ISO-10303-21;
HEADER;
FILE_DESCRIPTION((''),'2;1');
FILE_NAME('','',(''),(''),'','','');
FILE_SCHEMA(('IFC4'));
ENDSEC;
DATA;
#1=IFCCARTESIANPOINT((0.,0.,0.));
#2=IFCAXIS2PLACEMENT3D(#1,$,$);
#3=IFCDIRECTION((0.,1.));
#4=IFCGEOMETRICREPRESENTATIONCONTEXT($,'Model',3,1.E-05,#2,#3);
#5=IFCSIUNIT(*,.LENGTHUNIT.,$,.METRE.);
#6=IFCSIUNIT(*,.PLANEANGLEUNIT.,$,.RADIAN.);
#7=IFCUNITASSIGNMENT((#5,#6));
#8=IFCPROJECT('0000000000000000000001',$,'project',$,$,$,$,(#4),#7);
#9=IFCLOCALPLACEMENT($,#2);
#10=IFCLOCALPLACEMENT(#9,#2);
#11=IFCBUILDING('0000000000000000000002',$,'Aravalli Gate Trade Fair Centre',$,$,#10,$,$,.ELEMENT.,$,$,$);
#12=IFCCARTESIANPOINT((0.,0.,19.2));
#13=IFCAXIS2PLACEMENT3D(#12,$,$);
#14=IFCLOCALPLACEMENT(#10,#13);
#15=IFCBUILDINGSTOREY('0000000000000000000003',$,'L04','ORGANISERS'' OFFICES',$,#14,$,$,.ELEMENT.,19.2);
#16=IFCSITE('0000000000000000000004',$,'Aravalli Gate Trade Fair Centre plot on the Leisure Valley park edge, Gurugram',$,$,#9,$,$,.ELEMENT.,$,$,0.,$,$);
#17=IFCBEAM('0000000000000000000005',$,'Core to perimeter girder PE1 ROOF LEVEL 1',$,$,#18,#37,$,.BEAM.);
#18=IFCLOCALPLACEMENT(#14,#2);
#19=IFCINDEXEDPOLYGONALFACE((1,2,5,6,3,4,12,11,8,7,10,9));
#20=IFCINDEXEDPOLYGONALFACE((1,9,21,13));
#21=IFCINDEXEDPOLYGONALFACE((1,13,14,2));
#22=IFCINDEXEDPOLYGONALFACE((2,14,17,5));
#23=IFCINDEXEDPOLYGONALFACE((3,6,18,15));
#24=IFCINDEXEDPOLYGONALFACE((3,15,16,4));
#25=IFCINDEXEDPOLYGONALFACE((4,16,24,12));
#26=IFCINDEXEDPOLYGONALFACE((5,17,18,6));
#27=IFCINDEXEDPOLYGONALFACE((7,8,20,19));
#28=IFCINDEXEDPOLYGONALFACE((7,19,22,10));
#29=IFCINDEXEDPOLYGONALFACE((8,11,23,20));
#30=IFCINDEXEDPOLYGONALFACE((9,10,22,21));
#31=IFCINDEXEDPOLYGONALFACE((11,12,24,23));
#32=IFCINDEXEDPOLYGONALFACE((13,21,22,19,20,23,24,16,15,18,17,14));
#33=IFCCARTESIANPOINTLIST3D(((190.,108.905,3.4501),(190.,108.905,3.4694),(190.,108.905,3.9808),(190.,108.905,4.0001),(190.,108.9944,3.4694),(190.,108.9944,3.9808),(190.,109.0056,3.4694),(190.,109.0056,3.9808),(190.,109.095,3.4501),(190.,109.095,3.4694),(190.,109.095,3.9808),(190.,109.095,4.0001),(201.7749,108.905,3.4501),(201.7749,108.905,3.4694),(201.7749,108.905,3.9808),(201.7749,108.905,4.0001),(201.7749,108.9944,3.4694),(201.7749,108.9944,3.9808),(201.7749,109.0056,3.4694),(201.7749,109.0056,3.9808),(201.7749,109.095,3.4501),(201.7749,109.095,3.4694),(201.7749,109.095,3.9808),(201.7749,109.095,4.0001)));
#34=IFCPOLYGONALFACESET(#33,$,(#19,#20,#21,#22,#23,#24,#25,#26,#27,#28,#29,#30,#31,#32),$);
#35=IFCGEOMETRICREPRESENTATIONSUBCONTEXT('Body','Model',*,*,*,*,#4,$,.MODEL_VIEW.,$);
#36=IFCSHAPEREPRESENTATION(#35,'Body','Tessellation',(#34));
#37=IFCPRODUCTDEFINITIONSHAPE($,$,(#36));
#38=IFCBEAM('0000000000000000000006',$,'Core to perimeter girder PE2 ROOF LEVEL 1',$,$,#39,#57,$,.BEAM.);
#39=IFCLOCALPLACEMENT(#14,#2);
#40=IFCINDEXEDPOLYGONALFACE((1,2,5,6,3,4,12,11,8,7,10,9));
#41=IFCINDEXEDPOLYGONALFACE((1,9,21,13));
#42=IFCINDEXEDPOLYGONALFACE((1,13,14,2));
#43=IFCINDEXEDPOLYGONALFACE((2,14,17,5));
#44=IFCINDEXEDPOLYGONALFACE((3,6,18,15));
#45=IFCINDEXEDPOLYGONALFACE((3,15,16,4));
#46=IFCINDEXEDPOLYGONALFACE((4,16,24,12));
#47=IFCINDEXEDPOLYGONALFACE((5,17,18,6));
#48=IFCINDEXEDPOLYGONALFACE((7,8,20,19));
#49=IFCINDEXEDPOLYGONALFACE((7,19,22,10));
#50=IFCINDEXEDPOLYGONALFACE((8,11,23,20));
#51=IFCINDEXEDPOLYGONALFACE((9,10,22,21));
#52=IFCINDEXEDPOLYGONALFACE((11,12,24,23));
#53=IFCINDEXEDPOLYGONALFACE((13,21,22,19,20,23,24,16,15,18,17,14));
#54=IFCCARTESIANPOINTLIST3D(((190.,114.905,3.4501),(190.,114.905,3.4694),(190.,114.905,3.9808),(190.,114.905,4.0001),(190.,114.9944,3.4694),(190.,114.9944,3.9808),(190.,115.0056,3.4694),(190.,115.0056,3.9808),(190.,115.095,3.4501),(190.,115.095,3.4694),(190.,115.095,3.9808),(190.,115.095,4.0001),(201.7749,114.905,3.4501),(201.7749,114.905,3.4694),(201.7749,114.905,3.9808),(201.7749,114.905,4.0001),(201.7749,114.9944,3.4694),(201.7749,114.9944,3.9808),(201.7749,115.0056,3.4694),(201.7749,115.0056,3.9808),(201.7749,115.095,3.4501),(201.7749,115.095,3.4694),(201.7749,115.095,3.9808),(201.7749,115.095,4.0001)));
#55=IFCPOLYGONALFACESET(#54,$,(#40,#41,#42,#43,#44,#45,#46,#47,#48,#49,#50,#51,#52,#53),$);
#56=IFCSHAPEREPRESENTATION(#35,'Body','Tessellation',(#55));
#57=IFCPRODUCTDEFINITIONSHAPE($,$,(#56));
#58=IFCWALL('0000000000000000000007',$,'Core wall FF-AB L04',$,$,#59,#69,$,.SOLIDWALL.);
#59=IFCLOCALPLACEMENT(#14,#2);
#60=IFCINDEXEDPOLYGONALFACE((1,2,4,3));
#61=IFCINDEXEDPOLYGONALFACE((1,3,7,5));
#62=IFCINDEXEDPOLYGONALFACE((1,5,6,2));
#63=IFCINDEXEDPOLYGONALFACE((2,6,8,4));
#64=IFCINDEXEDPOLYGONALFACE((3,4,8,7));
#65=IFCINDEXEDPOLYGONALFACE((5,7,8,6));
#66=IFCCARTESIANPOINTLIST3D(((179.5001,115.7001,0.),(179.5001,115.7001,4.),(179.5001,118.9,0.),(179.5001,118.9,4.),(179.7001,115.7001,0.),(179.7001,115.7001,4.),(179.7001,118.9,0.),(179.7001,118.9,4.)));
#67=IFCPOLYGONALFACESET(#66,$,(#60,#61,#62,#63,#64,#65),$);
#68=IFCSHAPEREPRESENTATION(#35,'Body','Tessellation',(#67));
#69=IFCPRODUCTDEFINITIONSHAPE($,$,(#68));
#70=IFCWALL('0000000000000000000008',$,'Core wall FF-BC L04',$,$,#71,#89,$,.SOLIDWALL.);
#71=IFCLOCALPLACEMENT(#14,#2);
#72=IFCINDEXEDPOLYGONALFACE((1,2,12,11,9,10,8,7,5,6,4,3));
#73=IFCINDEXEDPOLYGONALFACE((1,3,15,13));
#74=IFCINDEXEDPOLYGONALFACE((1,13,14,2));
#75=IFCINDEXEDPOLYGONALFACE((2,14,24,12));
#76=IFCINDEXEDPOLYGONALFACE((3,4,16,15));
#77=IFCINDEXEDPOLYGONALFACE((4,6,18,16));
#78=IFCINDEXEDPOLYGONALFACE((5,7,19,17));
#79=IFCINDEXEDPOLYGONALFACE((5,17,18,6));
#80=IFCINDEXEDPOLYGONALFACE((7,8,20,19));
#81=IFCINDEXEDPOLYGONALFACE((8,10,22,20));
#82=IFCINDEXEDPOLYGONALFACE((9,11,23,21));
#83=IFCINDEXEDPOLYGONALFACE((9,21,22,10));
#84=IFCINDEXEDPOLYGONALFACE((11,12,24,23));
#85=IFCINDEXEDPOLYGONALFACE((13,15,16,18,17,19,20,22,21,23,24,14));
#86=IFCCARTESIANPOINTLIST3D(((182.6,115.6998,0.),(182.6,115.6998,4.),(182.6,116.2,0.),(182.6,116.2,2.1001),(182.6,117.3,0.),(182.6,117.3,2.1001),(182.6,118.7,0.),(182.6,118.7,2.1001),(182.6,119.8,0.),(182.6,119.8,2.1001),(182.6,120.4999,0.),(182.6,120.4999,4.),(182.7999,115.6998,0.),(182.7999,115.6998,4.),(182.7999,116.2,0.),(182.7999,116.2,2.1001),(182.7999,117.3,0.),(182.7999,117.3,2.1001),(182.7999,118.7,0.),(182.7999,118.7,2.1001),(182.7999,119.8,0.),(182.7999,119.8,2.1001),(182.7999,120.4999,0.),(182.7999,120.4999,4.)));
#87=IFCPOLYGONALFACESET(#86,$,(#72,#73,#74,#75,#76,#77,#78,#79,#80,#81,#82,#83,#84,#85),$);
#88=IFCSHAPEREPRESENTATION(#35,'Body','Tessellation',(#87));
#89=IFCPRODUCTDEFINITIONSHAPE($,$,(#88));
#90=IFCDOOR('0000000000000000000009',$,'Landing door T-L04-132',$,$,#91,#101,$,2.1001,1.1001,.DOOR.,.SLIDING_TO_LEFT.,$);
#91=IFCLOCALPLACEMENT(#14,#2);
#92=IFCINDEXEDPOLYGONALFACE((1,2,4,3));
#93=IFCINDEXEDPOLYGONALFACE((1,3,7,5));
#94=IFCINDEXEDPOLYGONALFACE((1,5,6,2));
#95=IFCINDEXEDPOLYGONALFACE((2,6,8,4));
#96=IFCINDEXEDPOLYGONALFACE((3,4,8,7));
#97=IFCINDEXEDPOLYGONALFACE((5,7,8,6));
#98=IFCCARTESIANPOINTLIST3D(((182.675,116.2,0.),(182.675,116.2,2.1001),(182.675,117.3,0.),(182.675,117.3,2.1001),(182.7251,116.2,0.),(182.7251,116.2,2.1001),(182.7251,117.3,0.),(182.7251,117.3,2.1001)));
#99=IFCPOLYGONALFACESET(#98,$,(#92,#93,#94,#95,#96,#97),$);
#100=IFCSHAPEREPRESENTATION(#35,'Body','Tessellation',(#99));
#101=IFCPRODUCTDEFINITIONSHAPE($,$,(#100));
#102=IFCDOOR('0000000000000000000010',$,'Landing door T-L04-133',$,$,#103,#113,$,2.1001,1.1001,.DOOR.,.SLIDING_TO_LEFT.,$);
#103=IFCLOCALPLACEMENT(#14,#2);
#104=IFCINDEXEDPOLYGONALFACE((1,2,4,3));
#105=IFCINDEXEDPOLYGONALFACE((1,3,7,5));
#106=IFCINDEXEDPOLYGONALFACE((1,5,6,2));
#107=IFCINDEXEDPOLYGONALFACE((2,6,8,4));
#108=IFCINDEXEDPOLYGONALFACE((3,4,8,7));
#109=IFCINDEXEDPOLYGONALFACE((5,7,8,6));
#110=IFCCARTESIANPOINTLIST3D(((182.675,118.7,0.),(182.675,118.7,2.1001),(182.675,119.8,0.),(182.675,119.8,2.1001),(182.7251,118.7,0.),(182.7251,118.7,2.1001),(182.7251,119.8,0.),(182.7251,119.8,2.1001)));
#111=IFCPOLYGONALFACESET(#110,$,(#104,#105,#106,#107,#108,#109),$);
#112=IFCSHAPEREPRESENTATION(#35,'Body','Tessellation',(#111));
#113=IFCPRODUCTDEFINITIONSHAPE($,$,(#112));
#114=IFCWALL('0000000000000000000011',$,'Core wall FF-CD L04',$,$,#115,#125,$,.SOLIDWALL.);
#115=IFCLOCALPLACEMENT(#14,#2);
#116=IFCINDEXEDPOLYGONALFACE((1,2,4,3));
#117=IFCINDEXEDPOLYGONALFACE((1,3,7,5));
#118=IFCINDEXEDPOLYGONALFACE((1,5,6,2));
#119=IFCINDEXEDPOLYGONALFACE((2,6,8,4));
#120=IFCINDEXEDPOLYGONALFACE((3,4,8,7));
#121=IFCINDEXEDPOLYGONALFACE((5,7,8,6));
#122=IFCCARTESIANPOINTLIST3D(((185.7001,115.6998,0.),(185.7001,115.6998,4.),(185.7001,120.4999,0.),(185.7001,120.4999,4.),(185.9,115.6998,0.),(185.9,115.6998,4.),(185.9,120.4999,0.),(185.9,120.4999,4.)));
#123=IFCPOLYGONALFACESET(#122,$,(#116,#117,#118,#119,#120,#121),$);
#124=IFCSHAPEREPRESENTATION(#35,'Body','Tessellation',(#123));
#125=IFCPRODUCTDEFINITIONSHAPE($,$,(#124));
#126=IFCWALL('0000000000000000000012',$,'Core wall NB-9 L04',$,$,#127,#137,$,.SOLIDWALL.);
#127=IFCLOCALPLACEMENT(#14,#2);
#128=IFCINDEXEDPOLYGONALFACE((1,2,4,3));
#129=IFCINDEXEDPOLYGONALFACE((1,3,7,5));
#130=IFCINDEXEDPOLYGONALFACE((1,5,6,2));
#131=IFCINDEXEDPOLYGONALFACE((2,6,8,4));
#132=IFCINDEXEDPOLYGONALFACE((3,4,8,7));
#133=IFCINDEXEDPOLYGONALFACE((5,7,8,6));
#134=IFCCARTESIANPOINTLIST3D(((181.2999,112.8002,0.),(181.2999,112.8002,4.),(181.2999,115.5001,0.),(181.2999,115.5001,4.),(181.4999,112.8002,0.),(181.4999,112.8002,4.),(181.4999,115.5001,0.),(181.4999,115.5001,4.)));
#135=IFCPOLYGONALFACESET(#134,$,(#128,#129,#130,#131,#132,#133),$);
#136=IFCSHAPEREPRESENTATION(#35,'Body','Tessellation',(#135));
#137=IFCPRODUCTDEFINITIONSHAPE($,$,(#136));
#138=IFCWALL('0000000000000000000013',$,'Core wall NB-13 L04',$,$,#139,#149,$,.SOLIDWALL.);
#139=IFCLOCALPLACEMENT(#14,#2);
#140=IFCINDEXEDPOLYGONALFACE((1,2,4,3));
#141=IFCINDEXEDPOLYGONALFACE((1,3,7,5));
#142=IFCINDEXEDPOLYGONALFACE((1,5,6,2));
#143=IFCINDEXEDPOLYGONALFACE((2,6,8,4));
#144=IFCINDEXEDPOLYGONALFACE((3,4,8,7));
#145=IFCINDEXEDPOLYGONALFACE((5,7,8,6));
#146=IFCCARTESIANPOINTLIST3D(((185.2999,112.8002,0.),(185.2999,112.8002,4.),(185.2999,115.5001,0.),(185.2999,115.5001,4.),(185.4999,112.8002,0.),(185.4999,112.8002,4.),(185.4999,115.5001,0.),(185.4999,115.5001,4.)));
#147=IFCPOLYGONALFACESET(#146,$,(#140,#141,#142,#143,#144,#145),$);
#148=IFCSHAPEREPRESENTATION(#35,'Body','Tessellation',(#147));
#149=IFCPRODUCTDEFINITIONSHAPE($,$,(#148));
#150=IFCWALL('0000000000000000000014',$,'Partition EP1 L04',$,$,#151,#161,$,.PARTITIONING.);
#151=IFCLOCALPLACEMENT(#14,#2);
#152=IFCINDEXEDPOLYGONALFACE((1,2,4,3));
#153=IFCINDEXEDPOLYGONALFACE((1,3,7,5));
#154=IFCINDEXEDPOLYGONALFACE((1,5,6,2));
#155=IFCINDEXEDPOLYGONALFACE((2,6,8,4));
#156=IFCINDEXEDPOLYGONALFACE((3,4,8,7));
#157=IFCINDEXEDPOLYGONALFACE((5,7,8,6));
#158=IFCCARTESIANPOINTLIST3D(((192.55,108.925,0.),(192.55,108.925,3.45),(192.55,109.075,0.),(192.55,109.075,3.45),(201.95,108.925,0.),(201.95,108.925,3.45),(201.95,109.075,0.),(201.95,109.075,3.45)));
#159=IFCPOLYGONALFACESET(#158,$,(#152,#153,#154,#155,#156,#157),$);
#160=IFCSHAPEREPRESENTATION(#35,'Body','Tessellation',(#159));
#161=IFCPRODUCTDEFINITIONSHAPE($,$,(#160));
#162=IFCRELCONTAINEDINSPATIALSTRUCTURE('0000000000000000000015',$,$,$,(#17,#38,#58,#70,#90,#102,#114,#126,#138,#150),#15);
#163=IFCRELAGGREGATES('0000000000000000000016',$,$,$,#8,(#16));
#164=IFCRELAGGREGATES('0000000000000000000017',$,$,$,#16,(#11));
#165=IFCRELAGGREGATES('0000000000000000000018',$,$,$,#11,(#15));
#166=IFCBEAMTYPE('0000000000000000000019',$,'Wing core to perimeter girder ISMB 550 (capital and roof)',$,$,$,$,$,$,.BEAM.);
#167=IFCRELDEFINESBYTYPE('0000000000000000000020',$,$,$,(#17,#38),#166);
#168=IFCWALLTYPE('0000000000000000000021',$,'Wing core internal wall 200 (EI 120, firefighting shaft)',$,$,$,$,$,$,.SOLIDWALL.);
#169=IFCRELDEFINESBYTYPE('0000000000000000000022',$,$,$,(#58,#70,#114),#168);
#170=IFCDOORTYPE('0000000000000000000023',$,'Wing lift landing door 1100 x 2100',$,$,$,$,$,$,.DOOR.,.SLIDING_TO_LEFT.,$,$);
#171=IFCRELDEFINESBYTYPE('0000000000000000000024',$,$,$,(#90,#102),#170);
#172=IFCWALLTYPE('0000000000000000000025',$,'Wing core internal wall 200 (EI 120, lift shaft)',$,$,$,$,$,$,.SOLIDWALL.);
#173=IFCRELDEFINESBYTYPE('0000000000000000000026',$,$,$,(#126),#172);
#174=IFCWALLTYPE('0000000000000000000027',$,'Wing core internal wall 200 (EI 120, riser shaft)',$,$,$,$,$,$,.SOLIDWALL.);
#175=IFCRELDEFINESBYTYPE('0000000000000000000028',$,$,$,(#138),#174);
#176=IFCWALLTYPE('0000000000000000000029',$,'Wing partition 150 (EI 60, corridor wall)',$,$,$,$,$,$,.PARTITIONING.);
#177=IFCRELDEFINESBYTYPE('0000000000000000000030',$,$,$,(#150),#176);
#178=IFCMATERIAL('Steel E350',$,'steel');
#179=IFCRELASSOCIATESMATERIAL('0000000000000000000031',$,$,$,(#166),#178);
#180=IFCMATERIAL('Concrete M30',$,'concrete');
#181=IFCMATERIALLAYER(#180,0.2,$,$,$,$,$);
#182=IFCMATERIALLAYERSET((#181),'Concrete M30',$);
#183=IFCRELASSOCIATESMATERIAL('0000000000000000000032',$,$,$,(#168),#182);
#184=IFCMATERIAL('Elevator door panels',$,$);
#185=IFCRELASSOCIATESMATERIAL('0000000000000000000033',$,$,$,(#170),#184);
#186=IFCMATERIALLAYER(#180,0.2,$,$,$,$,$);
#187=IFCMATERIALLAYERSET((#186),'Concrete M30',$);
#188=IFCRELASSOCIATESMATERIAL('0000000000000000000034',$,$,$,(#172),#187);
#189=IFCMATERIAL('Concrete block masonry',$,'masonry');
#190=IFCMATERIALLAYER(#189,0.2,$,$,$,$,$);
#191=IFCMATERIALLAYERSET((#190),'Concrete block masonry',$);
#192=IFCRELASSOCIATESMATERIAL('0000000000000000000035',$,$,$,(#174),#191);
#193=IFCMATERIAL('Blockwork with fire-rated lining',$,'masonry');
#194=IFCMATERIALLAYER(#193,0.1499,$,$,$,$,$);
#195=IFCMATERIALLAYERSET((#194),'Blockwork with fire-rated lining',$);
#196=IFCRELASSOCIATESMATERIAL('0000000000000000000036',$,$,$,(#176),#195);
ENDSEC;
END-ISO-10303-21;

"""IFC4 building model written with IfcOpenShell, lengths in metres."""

from ifc_helpers import new_model, si_unit, direction, frame, frame_2d, origin, origin_2d, place, context, subcontext, project, spatial, rectangle, i_section, extrude, material, layer, layer_set, material_profile, profile_set, type_object, element, fill, save


model = new_model("IFC4")

# Units and contexts
model_context = context("Model", 3, precision=1e-05, world=origin(), true_north=direction((0.0, 1.0)))
body_context = subcontext(model_context, "Body", "Model", "MODEL_VIEW")
ifc_project = project(units=[si_unit("LENGTHUNIT", "METRE"), si_unit("PLANEANGLEUNIT", "RADIAN")], contexts=[model_context])

# Site, building, storey
site_placement = place(None, origin())
site = spatial("IfcSite", under=ifc_project, at=site_placement, Name="Aravalli Gate Trade Fair Centre plot on the Leisure Valley park edge, Gurugram", CompositionType="ELEMENT", RefElevation=0.0)
building_placement = place(site_placement, origin())
building = spatial("IfcBuilding", under=site, at=building_placement, Name="Aravalli Gate Trade Fair Centre", CompositionType="ELEMENT")
storey_placement = place(building_placement, frame((0.0, 0.0, 19.2)))
storey = spatial("IfcBuildingStorey", under=building, at=storey_placement, Name="L04", Description="ORGANISERS' OFFICES", CompositionType="ELEMENT", Elevation=19.2)

# Beams
ifc_material_1 = material(Name="Steel E350", Category="steel")
ifc_material_profile = material_profile(ifc_material_1, i_section(OverallWidth=0.1899, OverallDepth=0.55, WebThickness=0.0112, FlangeThickness=0.0193, at=origin_2d()), Name="ISMB 550")
ifc_profile_set = profile_set([ifc_material_profile], Name="Steel E350")
beam_type = type_object("IfcBeamType", Name="Wing core to perimeter girder ISMB 550 (capital and roof)", PredefinedType="BEAM", material=ifc_profile_set)
for number, where, z_axis, x_axis, name in (
    (1, (190.0, 109.0, 3.7251), (1.0, 0.0, 0.0), (0.0, 1.0, 0.0), "Core to perimeter girder PE1 ROOF LEVEL 1"),
    (2, (190.0, 115.0, 3.7251), (1.0, 0.0, 0.0), (0.0, 1.0, 0.0), "Core to perimeter girder PE2 ROOF LEVEL 1"),
):
    element("IfcBeam", number, at=place(storey_placement, frame(where, z_axis=z_axis, x_axis=x_axis)), inside=storey, type_object=beam_type, Name=name, PredefinedType="BEAM", context=body_context, shape_type="SweptSolid", body=[
        extrude(i_section(OverallWidth=0.1899, OverallDepth=0.55, WebThickness=0.0112, FlangeThickness=0.0193, at=origin_2d()), origin(), (0.0, 0.0, 1.0), 11.7749),
    ])

# Wall
ifc_material_2 = material(Name="Concrete M30", Category="concrete")
ifc_layer_1 = layer(ifc_material_2, 0.2)
ifc_layer_set_1 = layer_set([ifc_layer_1], Name="Concrete M30")
wall_type_1 = type_object("IfcWallType", Name="Wing core internal wall 200 (EI 120, firefighting shaft)", PredefinedType="SOLIDWALL", material=ifc_layer_set_1)
wall_1_placement = place(storey_placement, frame((179.6001, 115.7, 0.0), z_axis=(0.0, 0.0, 1.0), x_axis=(0.0, 1.0, 0.0)))
element("IfcWall", 3, at=wall_1_placement, inside=storey, type_object=wall_type_1, Name="Core wall FF-AB L04", PredefinedType="SOLIDWALL", context=body_context, shape_type="SweptSolid", body=[
    extrude(rectangle(XDim=3.2, YDim=0.2, at=frame_2d((1.6001, 0.0))), origin(), (0.0, 0.0, 1.0), 4.0),
])

# Wall, openings, doors
wall_2_placement = place(storey_placement, frame((182.7, 115.7, 0.0), z_axis=(0.0, 0.0, 1.0), x_axis=(0.0, 1.0, 0.0)))
wall_2 = element("IfcWall", 4, at=wall_2_placement, inside=storey, type_object=wall_type_1, Name="Core wall FF-BC L04", PredefinedType="SOLIDWALL", context=body_context, shape_type="SweptSolid", body=[
    extrude(rectangle(XDim=4.8, YDim=0.2, at=frame_2d((2.3999, 0.0))), origin(), (0.0, 0.0, 1.0), 4.0),
])
opening_1_placement = place(wall_2_placement, frame((0.5, 0.0, 0.0)))
opening_1 = element("IfcOpeningElement", 5, at=opening_1_placement, cuts=wall_2, PredefinedType="OPENING", context=body_context, shape_type="SweptSolid", body=[
    extrude(rectangle(XDim=1.1001, YDim=2.1001, at=frame_2d((0.55, 1.05))), frame((0.0, 0.1099, 0.0), z_axis=(0.0, -1.0, 0.0), x_axis=(1.0, 0.0, 0.0)), (0.0, 0.0, 1.0), 0.22),
])
opening_2_placement = place(wall_2_placement, frame((3.0, 0.0, 0.0)))
opening_2 = element("IfcOpeningElement", 6, at=opening_2_placement, cuts=wall_2, PredefinedType="OPENING", context=body_context, shape_type="SweptSolid", body=[
    extrude(rectangle(XDim=1.1001, YDim=2.1001, at=frame_2d((0.55, 1.05))), frame((0.0, 0.1099, 0.0), z_axis=(0.0, -1.0, 0.0), x_axis=(1.0, 0.0, 0.0)), (0.0, 0.0, 1.0), 0.22),
])
ifc_material_3 = material(Name="Elevator door panels")
door_type_1 = type_object("IfcDoorType", Name="Wing lift landing door 1100 x 2100", OperationType="SLIDING_TO_LEFT", PredefinedType="DOOR", material=ifc_material_3)
door_1_placement = place(opening_1_placement, origin())
door_1 = element("IfcDoor", 7, at=door_1_placement, inside=storey, type_object=door_type_1, Name="Landing door T-L04-132", OperationType="SLIDING_TO_LEFT", OverallHeight=2.1001, OverallWidth=1.1001, PredefinedType="DOOR", context=body_context, shape_type="SweptSolid", body=[
    extrude(rectangle(XDim=1.1001, YDim=2.1001, at=frame_2d((0.55, 1.05))), frame((0.0, 0.0249, 0.0), z_axis=(0.0, -1.0, 0.0), x_axis=(1.0, 0.0, 0.0)), (0.0, 0.0, 1.0), 0.05),
])
fill(opening_1, door_1)
door_2_placement = place(opening_2_placement, origin())
door_2 = element("IfcDoor", 8, at=door_2_placement, inside=storey, type_object=door_type_1, Name="Landing door T-L04-133", OperationType="SLIDING_TO_LEFT", OverallHeight=2.1001, OverallWidth=1.1001, PredefinedType="DOOR", context=body_context, shape_type="SweptSolid", body=[
    extrude(rectangle(XDim=1.1001, YDim=2.1001, at=frame_2d((0.55, 1.05))), frame((0.0, 0.0249, 0.0), z_axis=(0.0, -1.0, 0.0), x_axis=(1.0, 0.0, 0.0)), (0.0, 0.0, 1.0), 0.05),
])
fill(opening_2, door_2)

# Walls
wall_3_placement = place(storey_placement, frame((185.8, 115.7, 0.0), z_axis=(0.0, 0.0, 1.0), x_axis=(0.0, 1.0, 0.0)))
element("IfcWall", 9, at=wall_3_placement, inside=storey, type_object=wall_type_1, Name="Core wall FF-CD L04", PredefinedType="SOLIDWALL", context=body_context, shape_type="SweptSolid", body=[
    extrude(rectangle(XDim=4.8, YDim=0.2, at=frame_2d((2.3999, 0.0))), origin(), (0.0, 0.0, 1.0), 4.0),
])
ifc_layer_2 = layer(ifc_material_2, 0.2)
ifc_layer_set_2 = layer_set([ifc_layer_2], Name="Concrete M30")
wall_type_2 = type_object("IfcWallType", Name="Wing core internal wall 200 (EI 120, lift shaft)", PredefinedType="SOLIDWALL", material=ifc_layer_set_2)
wall_4_placement = place(storey_placement, frame((181.3999, 112.8, 0.0), z_axis=(0.0, 0.0, 1.0), x_axis=(0.0, 1.0, 0.0)))
element("IfcWall", 10, at=wall_4_placement, inside=storey, type_object=wall_type_2, Name="Core wall NB-9 L04", PredefinedType="SOLIDWALL", context=body_context, shape_type="SweptSolid", body=[
    extrude(rectangle(XDim=2.7, YDim=0.2, at=frame_2d((1.3501, 0.0))), origin(), (0.0, 0.0, 1.0), 4.0),
])
ifc_material_4 = material(Name="Concrete block masonry", Category="masonry")
ifc_layer_3 = layer(ifc_material_4, 0.2)
ifc_layer_set_3 = layer_set([ifc_layer_3], Name="Concrete block masonry")
wall_type_3 = type_object("IfcWallType", Name="Wing core internal wall 200 (EI 120, riser shaft)", PredefinedType="SOLIDWALL", material=ifc_layer_set_3)
wall_5_placement = place(storey_placement, frame((185.3999, 112.8, 0.0), z_axis=(0.0, 0.0, 1.0), x_axis=(0.0, 1.0, 0.0)))
element("IfcWall", 11, at=wall_5_placement, inside=storey, type_object=wall_type_3, Name="Core wall NB-13 L04", PredefinedType="SOLIDWALL", context=body_context, shape_type="SweptSolid", body=[
    extrude(rectangle(XDim=2.7, YDim=0.2, at=frame_2d((1.3501, 0.0))), origin(), (0.0, 0.0, 1.0), 4.0),
])
ifc_material_5 = material(Name="Blockwork with fire-rated lining", Category="masonry")
ifc_layer_4 = layer(ifc_material_5, 0.1499)
ifc_layer_set_4 = layer_set([ifc_layer_4], Name="Blockwork with fire-rated lining")
wall_type_4 = type_object("IfcWallType", Name="Wing partition 150 (EI 60, corridor wall)", PredefinedType="PARTITIONING", material=ifc_layer_set_4)
wall_6_placement = place(storey_placement, frame((192.55, 109.0, 0.0), z_axis=(0.0, 0.0, 1.0), x_axis=(1.0, 0.0, 0.0)))
element("IfcWall", 12, at=wall_6_placement, inside=storey, type_object=wall_type_4, Name="Partition EP1 L04", PredefinedType="PARTITIONING", context=body_context, shape_type="SweptSolid", body=[
    extrude(rectangle(XDim=9.3999, YDim=0.1499, at=frame_2d((4.7, 0.0))), origin(), (0.0, 0.0, 1.0), 3.45),
])

save(model, "model.ifc")
